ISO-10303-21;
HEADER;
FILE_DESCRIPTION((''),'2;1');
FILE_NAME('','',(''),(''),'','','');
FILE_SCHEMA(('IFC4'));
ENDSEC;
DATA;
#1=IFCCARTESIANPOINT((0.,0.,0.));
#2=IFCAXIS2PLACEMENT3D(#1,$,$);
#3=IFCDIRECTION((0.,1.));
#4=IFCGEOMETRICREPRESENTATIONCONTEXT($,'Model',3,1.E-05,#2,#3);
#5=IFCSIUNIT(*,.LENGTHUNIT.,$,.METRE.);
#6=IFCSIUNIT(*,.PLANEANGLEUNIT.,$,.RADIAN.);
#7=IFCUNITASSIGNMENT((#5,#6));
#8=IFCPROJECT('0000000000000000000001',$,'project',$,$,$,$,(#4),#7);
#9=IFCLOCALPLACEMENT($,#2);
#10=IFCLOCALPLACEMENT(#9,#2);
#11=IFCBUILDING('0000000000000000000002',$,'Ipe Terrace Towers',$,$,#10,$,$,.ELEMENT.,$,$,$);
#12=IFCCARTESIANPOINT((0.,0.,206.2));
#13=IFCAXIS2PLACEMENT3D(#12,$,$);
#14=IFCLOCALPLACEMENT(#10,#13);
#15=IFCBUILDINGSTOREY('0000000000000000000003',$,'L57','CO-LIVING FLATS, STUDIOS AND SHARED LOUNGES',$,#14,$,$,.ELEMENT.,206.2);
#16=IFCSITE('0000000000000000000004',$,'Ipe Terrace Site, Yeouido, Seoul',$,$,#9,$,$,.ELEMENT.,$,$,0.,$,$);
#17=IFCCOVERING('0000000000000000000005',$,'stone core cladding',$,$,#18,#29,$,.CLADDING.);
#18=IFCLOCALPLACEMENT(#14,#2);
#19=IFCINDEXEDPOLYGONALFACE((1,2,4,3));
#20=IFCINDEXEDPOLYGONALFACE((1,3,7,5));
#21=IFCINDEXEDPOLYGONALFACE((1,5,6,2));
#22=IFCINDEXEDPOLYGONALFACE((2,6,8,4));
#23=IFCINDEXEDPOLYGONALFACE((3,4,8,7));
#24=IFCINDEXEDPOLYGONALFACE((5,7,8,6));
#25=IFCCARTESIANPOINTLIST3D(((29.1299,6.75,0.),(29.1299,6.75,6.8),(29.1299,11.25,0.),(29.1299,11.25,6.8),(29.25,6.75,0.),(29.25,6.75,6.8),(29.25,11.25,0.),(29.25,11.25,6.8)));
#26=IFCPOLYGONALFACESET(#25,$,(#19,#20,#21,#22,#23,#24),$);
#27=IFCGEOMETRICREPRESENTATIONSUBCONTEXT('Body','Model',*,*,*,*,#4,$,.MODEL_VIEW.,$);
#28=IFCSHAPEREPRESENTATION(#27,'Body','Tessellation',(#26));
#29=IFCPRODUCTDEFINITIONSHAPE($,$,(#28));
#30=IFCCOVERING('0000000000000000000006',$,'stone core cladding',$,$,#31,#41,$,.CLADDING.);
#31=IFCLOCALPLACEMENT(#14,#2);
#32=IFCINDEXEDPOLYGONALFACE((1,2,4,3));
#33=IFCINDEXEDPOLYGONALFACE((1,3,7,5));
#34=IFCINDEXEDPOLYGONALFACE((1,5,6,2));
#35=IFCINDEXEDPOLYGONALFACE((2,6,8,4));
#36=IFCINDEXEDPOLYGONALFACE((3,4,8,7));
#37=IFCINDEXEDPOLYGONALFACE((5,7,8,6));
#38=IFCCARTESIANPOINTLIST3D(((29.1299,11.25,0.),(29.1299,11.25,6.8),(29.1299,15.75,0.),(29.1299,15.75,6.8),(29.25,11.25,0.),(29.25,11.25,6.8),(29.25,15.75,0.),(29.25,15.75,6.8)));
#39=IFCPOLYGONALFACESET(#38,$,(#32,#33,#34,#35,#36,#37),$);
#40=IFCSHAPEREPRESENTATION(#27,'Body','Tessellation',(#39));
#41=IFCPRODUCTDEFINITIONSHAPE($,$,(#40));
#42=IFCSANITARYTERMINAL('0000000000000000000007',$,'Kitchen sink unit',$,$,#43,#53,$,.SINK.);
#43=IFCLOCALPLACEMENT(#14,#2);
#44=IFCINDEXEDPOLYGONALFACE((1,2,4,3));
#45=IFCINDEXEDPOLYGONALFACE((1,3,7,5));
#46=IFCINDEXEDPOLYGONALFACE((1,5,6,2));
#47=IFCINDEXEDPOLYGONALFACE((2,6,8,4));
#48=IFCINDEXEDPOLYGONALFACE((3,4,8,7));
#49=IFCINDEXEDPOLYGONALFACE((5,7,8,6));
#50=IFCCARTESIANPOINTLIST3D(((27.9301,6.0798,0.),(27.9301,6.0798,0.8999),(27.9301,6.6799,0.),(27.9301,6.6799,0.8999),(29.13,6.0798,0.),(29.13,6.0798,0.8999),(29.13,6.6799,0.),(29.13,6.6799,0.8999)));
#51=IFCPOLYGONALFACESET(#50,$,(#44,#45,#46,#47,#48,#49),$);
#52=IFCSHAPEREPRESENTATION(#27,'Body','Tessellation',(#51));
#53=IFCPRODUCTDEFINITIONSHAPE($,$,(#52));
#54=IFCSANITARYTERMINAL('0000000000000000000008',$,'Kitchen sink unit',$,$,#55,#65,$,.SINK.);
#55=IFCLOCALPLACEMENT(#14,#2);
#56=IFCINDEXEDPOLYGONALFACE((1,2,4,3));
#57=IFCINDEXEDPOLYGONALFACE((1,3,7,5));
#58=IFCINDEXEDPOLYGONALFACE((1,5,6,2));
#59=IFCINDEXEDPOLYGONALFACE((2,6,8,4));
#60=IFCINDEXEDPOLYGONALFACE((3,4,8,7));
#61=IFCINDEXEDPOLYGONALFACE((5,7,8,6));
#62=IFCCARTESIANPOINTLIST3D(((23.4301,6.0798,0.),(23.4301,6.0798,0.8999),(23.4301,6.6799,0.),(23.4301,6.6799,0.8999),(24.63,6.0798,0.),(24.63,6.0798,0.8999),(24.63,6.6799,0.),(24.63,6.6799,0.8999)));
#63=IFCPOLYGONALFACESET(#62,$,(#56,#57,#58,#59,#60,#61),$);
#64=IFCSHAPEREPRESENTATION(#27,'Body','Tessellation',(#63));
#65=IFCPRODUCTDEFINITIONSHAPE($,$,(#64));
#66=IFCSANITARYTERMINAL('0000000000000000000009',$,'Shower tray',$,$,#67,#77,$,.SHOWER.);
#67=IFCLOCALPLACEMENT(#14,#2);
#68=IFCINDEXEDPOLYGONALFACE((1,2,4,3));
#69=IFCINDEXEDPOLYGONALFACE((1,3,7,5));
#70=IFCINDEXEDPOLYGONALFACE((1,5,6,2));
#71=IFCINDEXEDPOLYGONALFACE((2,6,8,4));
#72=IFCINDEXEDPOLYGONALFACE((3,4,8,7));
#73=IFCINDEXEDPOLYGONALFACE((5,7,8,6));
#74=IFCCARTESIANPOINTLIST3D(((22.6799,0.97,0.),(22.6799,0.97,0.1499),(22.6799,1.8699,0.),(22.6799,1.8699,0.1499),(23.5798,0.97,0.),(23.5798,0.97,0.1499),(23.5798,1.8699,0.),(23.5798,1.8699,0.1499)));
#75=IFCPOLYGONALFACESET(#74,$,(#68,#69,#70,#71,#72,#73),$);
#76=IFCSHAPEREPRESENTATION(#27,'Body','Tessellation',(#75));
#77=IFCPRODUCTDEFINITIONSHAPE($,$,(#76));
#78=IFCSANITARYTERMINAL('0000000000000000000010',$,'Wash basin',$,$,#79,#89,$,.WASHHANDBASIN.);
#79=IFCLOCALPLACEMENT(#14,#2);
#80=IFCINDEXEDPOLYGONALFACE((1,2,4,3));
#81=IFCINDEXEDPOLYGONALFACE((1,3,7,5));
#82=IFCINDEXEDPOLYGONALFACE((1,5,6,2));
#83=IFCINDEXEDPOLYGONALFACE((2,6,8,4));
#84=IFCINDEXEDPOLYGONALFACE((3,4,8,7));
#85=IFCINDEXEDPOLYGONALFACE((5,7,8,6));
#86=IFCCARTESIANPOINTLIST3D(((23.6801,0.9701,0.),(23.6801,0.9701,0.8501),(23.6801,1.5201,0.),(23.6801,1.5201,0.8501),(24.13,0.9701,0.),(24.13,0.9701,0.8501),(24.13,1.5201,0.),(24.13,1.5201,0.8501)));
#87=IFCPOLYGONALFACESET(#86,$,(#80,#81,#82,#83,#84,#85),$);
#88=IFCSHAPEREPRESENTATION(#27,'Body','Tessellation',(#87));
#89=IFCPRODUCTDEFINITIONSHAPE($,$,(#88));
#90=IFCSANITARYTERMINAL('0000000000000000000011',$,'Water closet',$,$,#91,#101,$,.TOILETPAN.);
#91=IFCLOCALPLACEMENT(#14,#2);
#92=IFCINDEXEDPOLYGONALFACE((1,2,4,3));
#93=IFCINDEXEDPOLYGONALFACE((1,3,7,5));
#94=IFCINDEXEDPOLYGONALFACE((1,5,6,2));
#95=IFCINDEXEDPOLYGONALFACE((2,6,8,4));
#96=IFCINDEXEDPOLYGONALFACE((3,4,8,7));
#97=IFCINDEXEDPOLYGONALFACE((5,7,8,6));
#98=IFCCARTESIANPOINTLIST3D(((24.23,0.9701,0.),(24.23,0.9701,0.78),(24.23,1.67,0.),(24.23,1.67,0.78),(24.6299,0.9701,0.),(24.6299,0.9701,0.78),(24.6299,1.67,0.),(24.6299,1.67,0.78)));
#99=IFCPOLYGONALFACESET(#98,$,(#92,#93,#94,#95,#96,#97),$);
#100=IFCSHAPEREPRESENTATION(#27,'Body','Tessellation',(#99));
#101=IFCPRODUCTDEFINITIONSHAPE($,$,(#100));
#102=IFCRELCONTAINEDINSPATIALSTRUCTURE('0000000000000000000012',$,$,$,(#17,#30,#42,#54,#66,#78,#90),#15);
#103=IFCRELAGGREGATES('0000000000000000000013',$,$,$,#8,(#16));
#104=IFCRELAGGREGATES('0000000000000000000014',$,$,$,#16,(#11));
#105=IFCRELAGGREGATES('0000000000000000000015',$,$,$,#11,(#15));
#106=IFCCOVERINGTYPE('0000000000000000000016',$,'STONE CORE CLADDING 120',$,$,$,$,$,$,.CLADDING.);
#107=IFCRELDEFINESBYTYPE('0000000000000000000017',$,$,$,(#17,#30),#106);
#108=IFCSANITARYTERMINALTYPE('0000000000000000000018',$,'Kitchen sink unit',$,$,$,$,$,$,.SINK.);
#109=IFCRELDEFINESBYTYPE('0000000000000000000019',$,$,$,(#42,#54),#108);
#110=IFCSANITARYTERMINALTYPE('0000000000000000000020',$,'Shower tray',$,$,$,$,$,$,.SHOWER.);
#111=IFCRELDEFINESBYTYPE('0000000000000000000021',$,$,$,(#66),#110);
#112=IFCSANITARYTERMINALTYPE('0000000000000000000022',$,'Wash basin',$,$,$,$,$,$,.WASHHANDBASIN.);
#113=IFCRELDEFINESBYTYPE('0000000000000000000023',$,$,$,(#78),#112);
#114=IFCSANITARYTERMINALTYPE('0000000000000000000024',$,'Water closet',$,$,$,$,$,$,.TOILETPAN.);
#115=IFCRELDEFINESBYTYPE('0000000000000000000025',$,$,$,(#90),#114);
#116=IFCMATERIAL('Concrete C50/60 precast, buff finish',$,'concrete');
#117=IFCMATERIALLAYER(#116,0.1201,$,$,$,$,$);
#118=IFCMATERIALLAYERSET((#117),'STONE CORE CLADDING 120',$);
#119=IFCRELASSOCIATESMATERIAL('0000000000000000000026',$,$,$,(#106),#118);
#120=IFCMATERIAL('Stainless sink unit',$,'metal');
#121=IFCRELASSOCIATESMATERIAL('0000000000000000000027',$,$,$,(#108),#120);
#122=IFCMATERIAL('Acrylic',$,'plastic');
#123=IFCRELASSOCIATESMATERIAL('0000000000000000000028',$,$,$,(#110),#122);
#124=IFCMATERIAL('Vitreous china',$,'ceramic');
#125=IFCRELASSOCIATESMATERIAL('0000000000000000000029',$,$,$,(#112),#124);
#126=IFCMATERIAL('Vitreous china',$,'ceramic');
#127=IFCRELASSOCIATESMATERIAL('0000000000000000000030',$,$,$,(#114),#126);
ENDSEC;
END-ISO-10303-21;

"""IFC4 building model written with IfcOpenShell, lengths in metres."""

from ifc_helpers import new_model, si_unit, direction, frame, origin, origin_2d, place, context, subcontext, project, spatial, rectangle, extrude, material, layer, layer_set, type_object, element, save


model = new_model("IFC4")

# Units and contexts
model_context = context("Model", 3, precision=1e-05, world=origin(), true_north=direction((0.0, 1.0)))
body_context = subcontext(model_context, "Body", "Model", "MODEL_VIEW")
ifc_project = project(units=[si_unit("LENGTHUNIT", "METRE"), si_unit("PLANEANGLEUNIT", "RADIAN")], contexts=[model_context])

# Site, building, storey
site_placement = place(None, origin())
site = spatial("IfcSite", under=ifc_project, at=site_placement, Name="Ipe Terrace Site, Yeouido, Seoul", CompositionType="ELEMENT", RefElevation=0.0)
building_placement = place(site_placement, origin())
building = spatial("IfcBuilding", under=site, at=building_placement, Name="Ipe Terrace Towers", CompositionType="ELEMENT")
storey_placement = place(building_placement, frame((0.0, 0.0, 206.2)))
storey = spatial("IfcBuildingStorey", under=building, at=storey_placement, Name="L57", Description="CO-LIVING FLATS, STUDIOS AND SHARED LOUNGES", CompositionType="ELEMENT", Elevation=206.2)

# Coverings
ifc_material_1 = material(Name="Concrete C50/60 precast, buff finish", Category="concrete")
ifc_layer_1 = layer(ifc_material_1, 0.1201)
ifc_layer_set_1 = layer_set([ifc_layer_1], Name="STONE CORE CLADDING 120")
covering_type = type_object("IfcCoveringType", Name="STONE CORE CLADDING 120", PredefinedType="CLADDING", material=ifc_layer_set_1)
for number, where, z_axis, x_axis, name in (
    (1, (29.1899, 9.0, 0.0), (0.0, 0.0, 1.0), (0.0, -1.0, 0.0), "stone core cladding"),
    (2, (29.1899, 13.5, 0.0), (0.0, 0.0, 1.0), (0.0, -1.0, 0.0), "stone core cladding"),
):
    element("IfcCovering", number, at=place(storey_placement, frame(where, z_axis=z_axis, x_axis=x_axis)), inside=storey, type_object=covering_type, Name=name, PredefinedType="CLADDING", context=body_context, shape_type="SweptSolid", body=[
        extrude(rectangle(XDim=4.5, YDim=0.1201, at=origin_2d()), origin(), (0.0, 0.0, 1.0), 6.8),
    ])

# Sanitary terminals
ifc_material_2 = material(Name="Stainless sink unit", Category="metal")
sanitary_terminal_type_1 = type_object("IfcSanitaryTerminalType", Name="Kitchen sink unit", PredefinedType="SINK", material=ifc_material_2)
for number, where, z_axis, x_axis, name in (
    (3, (28.53, 6.3799, 0.0), (0.0, 0.0, 1.0), (1.0, 0.0, 0.0), "Kitchen sink unit"),
    (4, (24.03, 6.3799, 0.0), (0.0, 0.0, 1.0), (1.0, 0.0, 0.0), "Kitchen sink unit"),
):
    element("IfcSanitaryTerminal", number, at=place(storey_placement, frame(where, z_axis=z_axis, x_axis=x_axis)), inside=storey, type_object=sanitary_terminal_type_1, Name=name, PredefinedType="SINK", context=body_context, shape_type="SweptSolid", body=[
        extrude(rectangle(XDim=1.2, YDim=0.6001, at=origin_2d()), origin(), (0.0, 0.0, 1.0), 0.8999),
    ])
ifc_material_3 = material(Name="Acrylic", Category="plastic")
sanitary_terminal_type_2 = type_object("IfcSanitaryTerminalType", Name="Shower tray", PredefinedType="SHOWER", material=ifc_material_3)
sanitary_terminal_1_placement = place(storey_placement, frame((23.1299, 1.4199, 0.0), z_axis=(0.0, 0.0, 1.0), x_axis=(0.0, 1.0, 0.0)))
element("IfcSanitaryTerminal", 5, at=sanitary_terminal_1_placement, inside=storey, type_object=sanitary_terminal_type_2, Name="Shower tray", PredefinedType="SHOWER", context=body_context, shape_type="SweptSolid", body=[
    extrude(rectangle(XDim=0.8999, YDim=0.8999, at=origin_2d()), origin(), (0.0, 0.0, 1.0), 0.1499),
])
ifc_material_4 = material(Name="Vitreous china", Category="ceramic")
sanitary_terminal_type_3 = type_object("IfcSanitaryTerminalType", Name="Wash basin", PredefinedType="WASHHANDBASIN", material=ifc_material_4)
sanitary_terminal_2_placement = place(storey_placement, frame((23.905, 1.2451, 0.0), z_axis=(0.0, 0.0, 1.0), x_axis=(0.0, 1.0, 0.0)))
element("IfcSanitaryTerminal", 6, at=sanitary_terminal_2_placement, inside=storey, type_object=sanitary_terminal_type_3, Name="Wash basin", PredefinedType="WASHHANDBASIN", context=body_context, shape_type="SweptSolid", body=[
    extrude(rectangle(XDim=0.55, YDim=0.45, at=origin_2d()), origin(), (0.0, 0.0, 1.0), 0.8501),
])
ifc_material_5 = material(Name="Vitreous china", Category="ceramic")
sanitary_terminal_type_4 = type_object("IfcSanitaryTerminalType", Name="Water closet", PredefinedType="TOILETPAN", material=ifc_material_5)
sanitary_terminal_3_placement = place(storey_placement, frame((24.4299, 1.3201, 0.0), z_axis=(0.0, 0.0, 1.0), x_axis=(0.0, 1.0, 0.0)))
element("IfcSanitaryTerminal", 7, at=sanitary_terminal_3_placement, inside=storey, type_object=sanitary_terminal_type_4, Name="Water closet", PredefinedType="TOILETPAN", context=body_context, shape_type="SweptSolid", body=[
    extrude(rectangle(XDim=0.7, YDim=0.3999, at=origin_2d()), origin(), (0.0, 0.0, 1.0), 0.78),
])

save(model, "model.ifc")
